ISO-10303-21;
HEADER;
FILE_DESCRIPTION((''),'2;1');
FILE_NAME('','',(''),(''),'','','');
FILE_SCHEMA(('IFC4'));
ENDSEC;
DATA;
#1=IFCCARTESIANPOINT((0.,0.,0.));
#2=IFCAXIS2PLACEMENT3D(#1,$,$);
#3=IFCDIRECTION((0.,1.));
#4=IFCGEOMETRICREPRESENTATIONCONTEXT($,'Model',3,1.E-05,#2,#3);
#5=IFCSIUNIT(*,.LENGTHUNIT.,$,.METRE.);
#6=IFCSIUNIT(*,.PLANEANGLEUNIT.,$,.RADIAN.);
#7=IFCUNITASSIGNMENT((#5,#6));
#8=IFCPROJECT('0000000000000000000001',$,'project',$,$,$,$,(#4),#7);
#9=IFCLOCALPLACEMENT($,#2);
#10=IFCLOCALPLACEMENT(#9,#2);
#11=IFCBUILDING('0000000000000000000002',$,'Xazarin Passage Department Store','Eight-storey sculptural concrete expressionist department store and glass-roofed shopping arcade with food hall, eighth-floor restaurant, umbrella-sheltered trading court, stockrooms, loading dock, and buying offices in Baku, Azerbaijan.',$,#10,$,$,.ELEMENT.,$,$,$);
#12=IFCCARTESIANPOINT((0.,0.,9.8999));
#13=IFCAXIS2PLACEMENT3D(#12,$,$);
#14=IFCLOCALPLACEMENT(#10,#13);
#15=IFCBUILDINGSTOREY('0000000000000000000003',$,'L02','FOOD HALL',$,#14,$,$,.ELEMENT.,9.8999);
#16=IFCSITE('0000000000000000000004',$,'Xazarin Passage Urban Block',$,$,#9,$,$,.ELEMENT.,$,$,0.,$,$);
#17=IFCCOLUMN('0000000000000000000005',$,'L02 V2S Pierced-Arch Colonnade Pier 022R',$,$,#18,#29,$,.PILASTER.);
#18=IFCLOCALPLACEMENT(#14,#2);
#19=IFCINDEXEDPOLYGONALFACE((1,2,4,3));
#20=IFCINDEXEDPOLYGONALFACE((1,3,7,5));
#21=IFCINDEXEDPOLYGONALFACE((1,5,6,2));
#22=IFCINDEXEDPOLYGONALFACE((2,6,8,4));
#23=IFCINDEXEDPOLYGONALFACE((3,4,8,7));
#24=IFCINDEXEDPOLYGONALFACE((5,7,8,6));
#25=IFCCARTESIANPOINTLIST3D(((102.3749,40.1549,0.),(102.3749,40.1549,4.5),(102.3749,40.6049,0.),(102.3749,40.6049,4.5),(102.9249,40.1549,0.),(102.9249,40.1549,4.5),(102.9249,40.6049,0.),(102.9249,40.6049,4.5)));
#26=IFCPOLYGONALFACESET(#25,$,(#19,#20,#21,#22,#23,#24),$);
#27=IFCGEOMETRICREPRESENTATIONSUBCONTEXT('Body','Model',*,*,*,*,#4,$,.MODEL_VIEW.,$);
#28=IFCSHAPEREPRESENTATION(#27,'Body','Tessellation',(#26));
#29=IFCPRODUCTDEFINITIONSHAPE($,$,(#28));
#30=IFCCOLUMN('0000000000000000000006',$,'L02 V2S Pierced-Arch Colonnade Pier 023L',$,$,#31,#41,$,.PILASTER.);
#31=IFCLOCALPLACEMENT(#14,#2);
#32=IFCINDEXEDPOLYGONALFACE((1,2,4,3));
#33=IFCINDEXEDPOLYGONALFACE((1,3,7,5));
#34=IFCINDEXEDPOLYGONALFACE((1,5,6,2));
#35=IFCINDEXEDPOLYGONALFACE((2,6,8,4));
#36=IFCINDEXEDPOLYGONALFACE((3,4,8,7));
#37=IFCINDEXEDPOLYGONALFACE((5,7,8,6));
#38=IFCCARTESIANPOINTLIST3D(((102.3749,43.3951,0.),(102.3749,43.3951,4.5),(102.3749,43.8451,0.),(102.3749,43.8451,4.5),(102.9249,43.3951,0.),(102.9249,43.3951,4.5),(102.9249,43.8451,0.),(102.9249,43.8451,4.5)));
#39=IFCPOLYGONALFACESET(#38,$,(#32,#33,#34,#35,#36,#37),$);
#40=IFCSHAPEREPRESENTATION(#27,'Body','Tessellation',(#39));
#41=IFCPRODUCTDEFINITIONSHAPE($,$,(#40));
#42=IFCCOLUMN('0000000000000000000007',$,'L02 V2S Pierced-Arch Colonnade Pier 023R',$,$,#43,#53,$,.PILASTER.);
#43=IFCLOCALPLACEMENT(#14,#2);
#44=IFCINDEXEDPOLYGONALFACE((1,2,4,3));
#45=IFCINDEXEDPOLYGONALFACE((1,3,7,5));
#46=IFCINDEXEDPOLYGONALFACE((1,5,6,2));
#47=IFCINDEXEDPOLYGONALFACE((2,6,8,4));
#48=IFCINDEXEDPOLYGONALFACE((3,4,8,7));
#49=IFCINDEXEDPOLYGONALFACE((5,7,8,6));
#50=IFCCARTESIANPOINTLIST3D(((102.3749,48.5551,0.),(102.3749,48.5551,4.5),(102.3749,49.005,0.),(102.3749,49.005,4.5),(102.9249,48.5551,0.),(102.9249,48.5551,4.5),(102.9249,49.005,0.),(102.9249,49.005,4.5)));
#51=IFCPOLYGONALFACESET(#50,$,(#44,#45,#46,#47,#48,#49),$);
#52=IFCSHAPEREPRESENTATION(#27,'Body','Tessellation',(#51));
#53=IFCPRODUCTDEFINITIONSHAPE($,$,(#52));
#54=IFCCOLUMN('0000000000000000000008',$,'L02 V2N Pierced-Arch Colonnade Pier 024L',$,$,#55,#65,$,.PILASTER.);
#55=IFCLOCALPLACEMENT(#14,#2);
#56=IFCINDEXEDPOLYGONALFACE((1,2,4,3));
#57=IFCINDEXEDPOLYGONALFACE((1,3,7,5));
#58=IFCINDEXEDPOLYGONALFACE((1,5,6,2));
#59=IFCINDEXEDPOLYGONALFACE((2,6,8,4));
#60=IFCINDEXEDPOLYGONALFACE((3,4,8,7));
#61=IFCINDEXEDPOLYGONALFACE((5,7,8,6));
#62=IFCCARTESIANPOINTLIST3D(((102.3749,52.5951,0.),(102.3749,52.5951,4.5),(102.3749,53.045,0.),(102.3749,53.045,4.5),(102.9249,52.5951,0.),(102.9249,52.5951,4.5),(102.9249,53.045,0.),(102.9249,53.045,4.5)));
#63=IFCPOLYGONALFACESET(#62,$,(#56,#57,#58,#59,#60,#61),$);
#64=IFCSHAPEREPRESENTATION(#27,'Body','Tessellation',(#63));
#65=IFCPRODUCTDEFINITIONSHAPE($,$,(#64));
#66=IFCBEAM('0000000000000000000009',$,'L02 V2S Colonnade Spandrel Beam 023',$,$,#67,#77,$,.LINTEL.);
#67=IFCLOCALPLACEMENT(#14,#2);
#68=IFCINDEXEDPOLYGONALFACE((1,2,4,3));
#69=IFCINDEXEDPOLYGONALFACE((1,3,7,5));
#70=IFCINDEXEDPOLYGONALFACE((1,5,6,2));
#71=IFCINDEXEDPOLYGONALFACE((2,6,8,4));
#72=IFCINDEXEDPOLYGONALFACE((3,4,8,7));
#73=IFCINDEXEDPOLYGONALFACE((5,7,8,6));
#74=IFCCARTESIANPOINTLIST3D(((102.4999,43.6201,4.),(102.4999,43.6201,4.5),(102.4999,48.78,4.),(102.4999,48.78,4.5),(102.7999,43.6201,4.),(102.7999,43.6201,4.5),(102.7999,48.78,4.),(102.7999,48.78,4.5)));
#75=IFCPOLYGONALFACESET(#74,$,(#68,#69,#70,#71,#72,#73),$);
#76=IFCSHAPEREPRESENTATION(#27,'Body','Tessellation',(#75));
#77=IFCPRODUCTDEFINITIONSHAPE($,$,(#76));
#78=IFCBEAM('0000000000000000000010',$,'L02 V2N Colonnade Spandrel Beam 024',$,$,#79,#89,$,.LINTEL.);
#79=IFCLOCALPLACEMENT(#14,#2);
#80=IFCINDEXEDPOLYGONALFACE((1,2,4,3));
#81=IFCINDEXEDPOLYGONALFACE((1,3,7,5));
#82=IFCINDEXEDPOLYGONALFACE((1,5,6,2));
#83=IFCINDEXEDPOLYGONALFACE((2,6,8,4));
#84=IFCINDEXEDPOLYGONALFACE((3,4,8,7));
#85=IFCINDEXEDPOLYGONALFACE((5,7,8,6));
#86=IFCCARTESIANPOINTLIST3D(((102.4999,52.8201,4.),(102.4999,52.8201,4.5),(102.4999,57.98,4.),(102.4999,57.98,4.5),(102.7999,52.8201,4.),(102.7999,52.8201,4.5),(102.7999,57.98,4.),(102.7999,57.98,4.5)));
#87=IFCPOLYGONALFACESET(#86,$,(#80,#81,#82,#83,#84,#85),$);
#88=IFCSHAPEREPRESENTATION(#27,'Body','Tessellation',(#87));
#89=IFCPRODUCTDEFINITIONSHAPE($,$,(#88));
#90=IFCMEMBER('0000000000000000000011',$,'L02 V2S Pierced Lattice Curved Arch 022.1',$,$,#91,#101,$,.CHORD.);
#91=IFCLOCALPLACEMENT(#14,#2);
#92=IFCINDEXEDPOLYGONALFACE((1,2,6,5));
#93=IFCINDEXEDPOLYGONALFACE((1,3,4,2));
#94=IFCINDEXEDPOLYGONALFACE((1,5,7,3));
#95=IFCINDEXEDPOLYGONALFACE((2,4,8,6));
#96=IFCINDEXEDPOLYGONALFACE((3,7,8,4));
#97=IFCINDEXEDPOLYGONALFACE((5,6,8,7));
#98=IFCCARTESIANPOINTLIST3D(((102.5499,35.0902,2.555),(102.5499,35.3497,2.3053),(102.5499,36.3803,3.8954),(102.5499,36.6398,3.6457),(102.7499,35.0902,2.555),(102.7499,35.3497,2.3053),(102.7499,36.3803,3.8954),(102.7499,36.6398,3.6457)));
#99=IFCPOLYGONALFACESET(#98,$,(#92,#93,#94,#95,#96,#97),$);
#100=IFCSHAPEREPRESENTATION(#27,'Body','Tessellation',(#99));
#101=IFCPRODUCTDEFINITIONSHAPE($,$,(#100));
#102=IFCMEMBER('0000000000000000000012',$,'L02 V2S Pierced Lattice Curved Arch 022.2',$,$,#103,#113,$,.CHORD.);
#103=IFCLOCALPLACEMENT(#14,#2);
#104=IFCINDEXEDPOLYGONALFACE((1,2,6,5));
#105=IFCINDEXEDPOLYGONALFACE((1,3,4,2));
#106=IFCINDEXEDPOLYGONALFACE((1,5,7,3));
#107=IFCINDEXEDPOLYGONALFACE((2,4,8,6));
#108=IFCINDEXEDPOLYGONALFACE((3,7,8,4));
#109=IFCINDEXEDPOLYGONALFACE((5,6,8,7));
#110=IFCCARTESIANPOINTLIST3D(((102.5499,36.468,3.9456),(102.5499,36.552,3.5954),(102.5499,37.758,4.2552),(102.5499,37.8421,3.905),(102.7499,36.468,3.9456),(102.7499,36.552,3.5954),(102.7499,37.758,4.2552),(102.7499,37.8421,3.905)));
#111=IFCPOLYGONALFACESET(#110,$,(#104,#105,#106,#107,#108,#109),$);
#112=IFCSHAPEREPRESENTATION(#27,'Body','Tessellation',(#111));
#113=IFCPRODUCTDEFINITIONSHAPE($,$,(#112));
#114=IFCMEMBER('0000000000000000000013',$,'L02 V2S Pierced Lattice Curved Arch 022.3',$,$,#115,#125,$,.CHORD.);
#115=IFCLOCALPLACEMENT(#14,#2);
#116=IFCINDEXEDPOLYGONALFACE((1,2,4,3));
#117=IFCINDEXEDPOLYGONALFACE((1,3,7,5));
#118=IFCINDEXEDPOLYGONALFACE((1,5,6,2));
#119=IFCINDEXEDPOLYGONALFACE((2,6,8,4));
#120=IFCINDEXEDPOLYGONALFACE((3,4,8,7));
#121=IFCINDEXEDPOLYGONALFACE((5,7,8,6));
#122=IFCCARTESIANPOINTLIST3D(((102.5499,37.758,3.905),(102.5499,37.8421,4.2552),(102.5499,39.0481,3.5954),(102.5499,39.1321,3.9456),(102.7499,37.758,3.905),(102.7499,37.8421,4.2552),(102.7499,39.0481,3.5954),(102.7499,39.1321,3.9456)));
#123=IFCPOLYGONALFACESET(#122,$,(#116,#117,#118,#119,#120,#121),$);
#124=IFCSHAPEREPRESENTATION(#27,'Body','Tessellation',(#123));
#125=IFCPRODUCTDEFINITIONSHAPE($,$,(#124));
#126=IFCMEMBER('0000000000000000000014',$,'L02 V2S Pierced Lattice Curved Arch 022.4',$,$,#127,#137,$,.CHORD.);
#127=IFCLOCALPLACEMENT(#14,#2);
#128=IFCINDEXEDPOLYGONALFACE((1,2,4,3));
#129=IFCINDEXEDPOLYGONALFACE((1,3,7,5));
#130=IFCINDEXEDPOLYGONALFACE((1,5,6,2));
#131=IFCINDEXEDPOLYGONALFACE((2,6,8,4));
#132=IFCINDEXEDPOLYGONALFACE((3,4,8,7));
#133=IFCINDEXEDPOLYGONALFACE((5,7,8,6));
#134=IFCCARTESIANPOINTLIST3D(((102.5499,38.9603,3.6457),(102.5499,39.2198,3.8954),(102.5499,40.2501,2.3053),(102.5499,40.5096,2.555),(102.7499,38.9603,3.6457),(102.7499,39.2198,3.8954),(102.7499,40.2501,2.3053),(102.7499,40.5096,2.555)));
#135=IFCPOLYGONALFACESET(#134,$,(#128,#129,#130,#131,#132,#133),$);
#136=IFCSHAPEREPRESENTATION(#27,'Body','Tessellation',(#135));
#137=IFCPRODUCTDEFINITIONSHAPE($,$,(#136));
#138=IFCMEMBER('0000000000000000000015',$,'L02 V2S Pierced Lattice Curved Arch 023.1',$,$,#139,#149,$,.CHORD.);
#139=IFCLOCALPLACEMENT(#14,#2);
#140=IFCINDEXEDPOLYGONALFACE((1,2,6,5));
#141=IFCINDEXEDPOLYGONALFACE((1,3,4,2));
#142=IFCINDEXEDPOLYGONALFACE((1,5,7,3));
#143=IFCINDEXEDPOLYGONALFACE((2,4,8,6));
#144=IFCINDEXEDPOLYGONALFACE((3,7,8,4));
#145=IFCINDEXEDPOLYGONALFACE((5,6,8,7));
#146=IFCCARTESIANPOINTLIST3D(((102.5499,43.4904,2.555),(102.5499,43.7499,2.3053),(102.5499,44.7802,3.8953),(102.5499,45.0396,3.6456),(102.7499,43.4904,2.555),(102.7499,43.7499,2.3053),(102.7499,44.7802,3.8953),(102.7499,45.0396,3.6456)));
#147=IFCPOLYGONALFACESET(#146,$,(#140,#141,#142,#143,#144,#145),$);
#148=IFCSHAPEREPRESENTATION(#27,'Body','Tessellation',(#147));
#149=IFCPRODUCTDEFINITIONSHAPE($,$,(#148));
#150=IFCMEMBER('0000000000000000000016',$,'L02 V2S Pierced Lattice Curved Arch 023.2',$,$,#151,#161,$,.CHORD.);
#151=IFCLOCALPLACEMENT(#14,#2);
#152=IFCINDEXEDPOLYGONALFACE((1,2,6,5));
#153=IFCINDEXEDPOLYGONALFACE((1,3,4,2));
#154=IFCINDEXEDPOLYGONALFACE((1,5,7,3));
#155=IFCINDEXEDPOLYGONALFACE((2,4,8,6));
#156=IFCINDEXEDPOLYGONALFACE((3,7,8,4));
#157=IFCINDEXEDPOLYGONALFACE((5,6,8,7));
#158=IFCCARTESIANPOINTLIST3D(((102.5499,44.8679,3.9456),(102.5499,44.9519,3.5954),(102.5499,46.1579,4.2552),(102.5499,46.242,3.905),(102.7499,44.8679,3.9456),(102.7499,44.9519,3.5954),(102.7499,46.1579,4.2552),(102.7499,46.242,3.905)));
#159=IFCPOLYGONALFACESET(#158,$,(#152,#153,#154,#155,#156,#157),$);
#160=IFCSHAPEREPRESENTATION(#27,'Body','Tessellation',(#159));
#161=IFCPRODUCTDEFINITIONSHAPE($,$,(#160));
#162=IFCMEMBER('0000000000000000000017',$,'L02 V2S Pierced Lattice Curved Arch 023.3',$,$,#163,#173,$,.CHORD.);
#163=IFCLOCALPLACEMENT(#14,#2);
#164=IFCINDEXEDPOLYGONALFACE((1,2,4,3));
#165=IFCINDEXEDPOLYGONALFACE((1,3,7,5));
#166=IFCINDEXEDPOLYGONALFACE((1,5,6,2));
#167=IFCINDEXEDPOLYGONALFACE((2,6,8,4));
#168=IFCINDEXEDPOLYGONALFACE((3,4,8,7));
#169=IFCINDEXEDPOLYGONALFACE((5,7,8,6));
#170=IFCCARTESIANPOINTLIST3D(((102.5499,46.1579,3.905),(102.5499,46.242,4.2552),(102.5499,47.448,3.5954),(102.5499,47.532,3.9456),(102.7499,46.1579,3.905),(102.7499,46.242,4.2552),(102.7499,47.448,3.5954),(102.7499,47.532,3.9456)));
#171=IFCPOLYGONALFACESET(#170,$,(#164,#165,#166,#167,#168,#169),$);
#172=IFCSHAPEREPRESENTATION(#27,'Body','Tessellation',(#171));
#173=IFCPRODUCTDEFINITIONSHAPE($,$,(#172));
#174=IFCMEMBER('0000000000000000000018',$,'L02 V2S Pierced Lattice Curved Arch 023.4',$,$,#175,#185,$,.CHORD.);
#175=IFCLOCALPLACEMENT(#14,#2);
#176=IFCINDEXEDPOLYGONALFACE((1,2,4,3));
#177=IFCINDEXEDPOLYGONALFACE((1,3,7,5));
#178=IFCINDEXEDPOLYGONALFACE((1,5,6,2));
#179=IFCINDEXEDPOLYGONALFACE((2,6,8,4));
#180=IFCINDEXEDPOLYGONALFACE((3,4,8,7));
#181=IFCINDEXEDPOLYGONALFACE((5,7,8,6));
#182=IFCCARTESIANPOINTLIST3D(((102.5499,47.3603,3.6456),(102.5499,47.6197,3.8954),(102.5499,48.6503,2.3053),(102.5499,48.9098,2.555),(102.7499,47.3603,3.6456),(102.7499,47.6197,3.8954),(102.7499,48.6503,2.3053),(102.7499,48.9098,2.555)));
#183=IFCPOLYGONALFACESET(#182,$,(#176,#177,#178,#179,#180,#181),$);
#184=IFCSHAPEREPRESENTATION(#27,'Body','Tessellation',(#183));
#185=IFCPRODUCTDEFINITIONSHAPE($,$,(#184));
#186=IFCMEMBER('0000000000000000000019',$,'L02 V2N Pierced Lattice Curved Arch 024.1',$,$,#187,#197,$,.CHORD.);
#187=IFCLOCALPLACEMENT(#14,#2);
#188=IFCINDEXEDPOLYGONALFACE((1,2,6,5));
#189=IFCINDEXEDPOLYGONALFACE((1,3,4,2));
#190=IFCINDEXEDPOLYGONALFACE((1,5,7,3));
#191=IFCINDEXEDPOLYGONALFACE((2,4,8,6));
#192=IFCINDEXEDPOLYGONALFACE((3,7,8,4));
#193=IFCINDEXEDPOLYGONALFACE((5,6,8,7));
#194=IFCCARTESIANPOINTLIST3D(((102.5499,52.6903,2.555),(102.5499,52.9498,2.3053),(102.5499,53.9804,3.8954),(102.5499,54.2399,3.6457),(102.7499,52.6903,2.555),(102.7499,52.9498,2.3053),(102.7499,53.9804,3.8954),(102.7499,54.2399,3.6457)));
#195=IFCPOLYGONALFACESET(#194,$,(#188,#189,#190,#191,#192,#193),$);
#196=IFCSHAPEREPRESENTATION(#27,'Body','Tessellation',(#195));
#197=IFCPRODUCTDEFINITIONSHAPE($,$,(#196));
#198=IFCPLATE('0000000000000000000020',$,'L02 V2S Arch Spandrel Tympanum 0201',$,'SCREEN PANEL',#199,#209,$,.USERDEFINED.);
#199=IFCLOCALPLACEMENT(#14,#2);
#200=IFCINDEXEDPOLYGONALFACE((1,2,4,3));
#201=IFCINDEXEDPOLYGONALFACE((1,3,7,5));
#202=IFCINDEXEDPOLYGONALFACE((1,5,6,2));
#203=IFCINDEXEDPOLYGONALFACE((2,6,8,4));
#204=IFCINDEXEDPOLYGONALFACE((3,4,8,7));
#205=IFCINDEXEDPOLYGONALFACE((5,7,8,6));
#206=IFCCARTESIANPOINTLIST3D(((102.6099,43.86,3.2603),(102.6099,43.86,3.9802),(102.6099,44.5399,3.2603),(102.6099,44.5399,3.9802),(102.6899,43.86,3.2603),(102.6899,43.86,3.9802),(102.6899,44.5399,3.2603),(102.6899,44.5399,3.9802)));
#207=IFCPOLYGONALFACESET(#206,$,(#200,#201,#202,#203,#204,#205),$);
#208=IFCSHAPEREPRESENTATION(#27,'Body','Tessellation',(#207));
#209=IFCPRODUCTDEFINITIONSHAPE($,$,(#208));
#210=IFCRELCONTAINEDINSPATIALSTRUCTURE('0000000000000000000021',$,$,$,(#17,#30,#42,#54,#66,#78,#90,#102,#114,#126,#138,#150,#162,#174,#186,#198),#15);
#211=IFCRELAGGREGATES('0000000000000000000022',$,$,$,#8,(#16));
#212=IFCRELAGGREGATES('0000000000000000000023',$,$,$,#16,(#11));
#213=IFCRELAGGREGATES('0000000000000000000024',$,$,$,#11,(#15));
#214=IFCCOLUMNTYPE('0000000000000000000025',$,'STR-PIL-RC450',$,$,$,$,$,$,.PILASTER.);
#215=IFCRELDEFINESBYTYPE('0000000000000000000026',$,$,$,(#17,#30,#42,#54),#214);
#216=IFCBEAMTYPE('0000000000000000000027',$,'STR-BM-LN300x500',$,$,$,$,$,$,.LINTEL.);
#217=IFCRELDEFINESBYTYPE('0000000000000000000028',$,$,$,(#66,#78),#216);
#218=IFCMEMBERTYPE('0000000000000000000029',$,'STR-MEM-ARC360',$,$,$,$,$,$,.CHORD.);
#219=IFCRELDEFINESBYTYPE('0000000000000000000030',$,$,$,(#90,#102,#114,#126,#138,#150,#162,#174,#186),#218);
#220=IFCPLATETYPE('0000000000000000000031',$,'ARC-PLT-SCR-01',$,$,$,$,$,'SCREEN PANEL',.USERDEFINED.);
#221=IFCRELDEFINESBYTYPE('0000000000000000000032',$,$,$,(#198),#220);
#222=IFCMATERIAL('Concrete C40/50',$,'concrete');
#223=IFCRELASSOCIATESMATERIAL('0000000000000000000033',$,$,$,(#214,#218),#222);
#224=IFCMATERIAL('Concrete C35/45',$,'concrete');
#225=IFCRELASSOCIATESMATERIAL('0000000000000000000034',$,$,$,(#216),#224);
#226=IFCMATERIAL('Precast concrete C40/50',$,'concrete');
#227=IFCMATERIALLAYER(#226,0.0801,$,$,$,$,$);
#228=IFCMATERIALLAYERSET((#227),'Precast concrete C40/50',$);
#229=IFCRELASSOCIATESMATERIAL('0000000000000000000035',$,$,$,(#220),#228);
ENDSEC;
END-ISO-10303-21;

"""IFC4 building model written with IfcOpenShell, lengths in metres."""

from ifc_helpers import new_model, si_unit, direction, frame, origin, origin_2d, place, context, subcontext, project, spatial, rectangle, extrude, material, layer, layer_set, material_profile, profile_set, type_object, element, save


model = new_model("IFC4")

# Units and contexts
model_context = context("Model", 3, precision=1e-05, world=origin(), true_north=direction((0.0, 1.0)))
body_context = subcontext(model_context, "Body", "Model", "MODEL_VIEW")
ifc_project = project(units=[si_unit("LENGTHUNIT", "METRE"), si_unit("PLANEANGLEUNIT", "RADIAN")], contexts=[model_context])

# Site, building, storey
site_placement = place(None, origin())
site = spatial("IfcSite", under=ifc_project, at=site_placement, Name="Xazarin Passage Urban Block", CompositionType="ELEMENT", RefElevation=0.0)
building_placement = place(site_placement, origin())
building = spatial("IfcBuilding", under=site, at=building_placement, Name="Xazarin Passage Department Store", Description="Eight-storey sculptural concrete expressionist department store and glass-roofed shopping arcade with food hall, eighth-floor restaurant, umbrella-sheltered trading court, stockrooms, loading dock, and buying offices in Baku, Azerbaijan.", CompositionType="ELEMENT")
storey_placement = place(building_placement, frame((0.0, 0.0, 9.8999)))
storey = spatial("IfcBuildingStorey", under=building, at=storey_placement, Name="L02", Description="FOOD HALL", CompositionType="ELEMENT", Elevation=9.8999)

# Columns
ifc_material_1 = material(Name="Concrete C40/50", Category="concrete")
ifc_material_profile_1 = material_profile(ifc_material_1, rectangle(XDim=0.45, YDim=0.55, at=origin_2d()), Name="RC 450x550")
ifc_profile_set_1 = profile_set([ifc_material_profile_1], Name="Concrete C40/50")
column_type = type_object("IfcColumnType", Name="STR-PIL-RC450", PredefinedType="PILASTER", material=ifc_profile_set_1)
for number, where, z_axis, x_axis, name in (
    (1, (102.6499, 40.3799, 0.0), (0.0, 0.0, 1.0), (0.0, 1.0, 0.0), "L02 V2S Pierced-Arch Colonnade Pier 022R"),
    (2, (102.6499, 43.6201, 0.0), (0.0, 0.0, 1.0), (0.0, 1.0, 0.0), "L02 V2S Pierced-Arch Colonnade Pier 023L"),
    (3, (102.6499, 48.78, 0.0), (0.0, 0.0, 1.0), (0.0, 1.0, 0.0), "L02 V2S Pierced-Arch Colonnade Pier 023R"),
    (4, (102.6499, 52.8201, 0.0), (0.0, 0.0, 1.0), (0.0, 1.0, 0.0), "L02 V2N Pierced-Arch Colonnade Pier 024L"),
):
    element("IfcColumn", number, at=place(storey_placement, frame(where, z_axis=z_axis, x_axis=x_axis)), inside=storey, type_object=column_type, Name=name, PredefinedType="PILASTER", context=body_context, shape_type="SweptSolid", body=[
        extrude(rectangle(XDim=0.45, YDim=0.55, at=origin_2d()), origin(), (0.0, 0.0, 1.0), 4.5),
    ])

# Beams
ifc_material_2 = material(Name="Concrete C35/45", Category="concrete")
ifc_material_profile_2 = material_profile(ifc_material_2, rectangle(XDim=0.3, YDim=0.5, at=origin_2d()), Name="RC 300x500")
ifc_profile_set_2 = profile_set([ifc_material_profile_2], Name="Concrete C35/45")
beam_type = type_object("IfcBeamType", Name="STR-BM-LN300x500", PredefinedType="LINTEL", material=ifc_profile_set_2)
for number, where, z_axis, x_axis, name in (
    (5, (102.6499, 43.6201, 4.25), (0.0, 1.0, 0.0), (-1.0, 0.0, 0.0), "L02 V2S Colonnade Spandrel Beam 023"),
    (6, (102.6499, 52.8201, 4.25), (0.0, 1.0, 0.0), (-1.0, 0.0, 0.0), "L02 V2N Colonnade Spandrel Beam 024"),
):
    element("IfcBeam", number, at=place(storey_placement, frame(where, z_axis=z_axis, x_axis=x_axis)), inside=storey, type_object=beam_type, Name=name, PredefinedType="LINTEL", context=body_context, shape_type="SweptSolid", body=[
        extrude(rectangle(XDim=0.3, YDim=0.5, at=origin_2d()), origin(), (0.0, 0.0, 1.0), 5.1599),
    ])

# Members
ifc_material_profile_3 = material_profile(ifc_material_1, rectangle(XDim=0.2, YDim=0.3601, at=origin_2d()), Name="RC 200x360")
ifc_profile_set_3 = profile_set([ifc_material_profile_3], Name="Concrete C40/50")
member_type = type_object("IfcMemberType", Name="STR-MEM-ARC360", PredefinedType="CHORD", material=ifc_profile_set_3)
member_placement = place(storey_placement, frame((102.6499, 35.22, 2.4302), z_axis=(0.0, 0.69346, 0.720495), x_axis=(-1.0, 0.0, 0.0)))
element("IfcMember", 7, at=member_placement, inside=storey, type_object=member_type, Name="L02 V2S Pierced Lattice Curved Arch 022.1", PredefinedType="CHORD", context=body_context, shape_type="SweptSolid", body=[
    extrude(rectangle(XDim=0.2, YDim=0.3601, at=origin_2d()), origin(), (0.0, 0.0, 1.0), 1.8604),
])
for number, where, z_axis, x_axis, name in (
    (8, (102.6499, 36.51, 3.7705), (0.0, 0.972394, 0.233345), (-1.0, 0.0, 0.0), "L02 V2S Pierced Lattice Curved Arch 022.2"),
    (9, (102.6499, 37.8, 4.0801), (0.0, 0.972394, -0.233345), (-1.0, 0.0, 0.0), "L02 V2S Pierced Lattice Curved Arch 022.3"),
):
    element("IfcMember", number, at=place(storey_placement, frame(where, z_axis=z_axis, x_axis=x_axis)), inside=storey, type_object=member_type, Name=name, PredefinedType="CHORD", context=body_context, shape_type="SweptSolid", body=[
        extrude(rectangle(XDim=0.2, YDim=0.3601, at=origin_2d()), origin(), (0.0, 0.0, 1.0), 1.3267),
    ])
for number, where, z_axis, x_axis, name in (
    (10, (102.6499, 39.0901, 3.7705), (0.0, 0.693392, -0.720561), (-1.0, 0.0, 0.0), "L02 V2S Pierced Lattice Curved Arch 022.4"),
    (11, (102.6499, 43.6201, 2.4302), (0.0, 0.693392, 0.720561), (-1.0, 0.0, 0.0), "L02 V2S Pierced Lattice Curved Arch 023.1"),
):
    element("IfcMember", number, at=place(storey_placement, frame(where, z_axis=z_axis, x_axis=x_axis)), inside=storey, type_object=member_type, Name=name, PredefinedType="CHORD", context=body_context, shape_type="SweptSolid", body=[
        extrude(rectangle(XDim=0.2, YDim=0.3601, at=origin_2d()), origin(), (0.0, 0.0, 1.0), 1.8601),
    ])
for number, where, z_axis, x_axis, name in (
    (12, (102.6499, 44.9099, 3.7705), (0.0, 0.972394, 0.233345), (-1.0, 0.0, 0.0), "L02 V2S Pierced Lattice Curved Arch 023.2"),
    (13, (102.6499, 46.2, 4.0801), (0.0, 0.972394, -0.233345), (-1.0, 0.0, 0.0), "L02 V2S Pierced Lattice Curved Arch 023.3"),
):
    element("IfcMember", number, at=place(storey_placement, frame(where, z_axis=z_axis, x_axis=x_axis)), inside=storey, type_object=member_type, Name=name, PredefinedType="CHORD", context=body_context, shape_type="SweptSolid", body=[
        extrude(rectangle(XDim=0.2, YDim=0.3601, at=origin_2d()), origin(), (0.0, 0.0, 1.0), 1.3267),
    ])
for number, where, z_axis, x_axis, name in (
    (14, (102.6499, 47.49, 3.7705), (0.0, 0.69346, -0.720495), (-1.0, 0.0, 0.0), "L02 V2S Pierced Lattice Curved Arch 023.4"),
    (15, (102.6499, 52.8201, 2.4302), (0.0, 0.69346, 0.720495), (-1.0, 0.0, 0.0), "L02 V2N Pierced Lattice Curved Arch 024.1"),
):
    element("IfcMember", number, at=place(storey_placement, frame(where, z_axis=z_axis, x_axis=x_axis)), inside=storey, type_object=member_type, Name=name, PredefinedType="CHORD", context=body_context, shape_type="SweptSolid", body=[
        extrude(rectangle(XDim=0.2, YDim=0.3601, at=origin_2d()), origin(), (0.0, 0.0, 1.0), 1.8604),
    ])

# Plate
ifc_material_3 = material(Name="Precast concrete C40/50", Category="concrete")
ifc_layer_1 = layer(ifc_material_3, 0.0801)
ifc_layer_set_1 = layer_set([ifc_layer_1], Name="Precast concrete C40/50")
plate_type_1 = type_object("IfcPlateType", Name="ARC-PLT-SCR-01", ElementType="SCREEN PANEL", PredefinedType="USERDEFINED", material=ifc_layer_set_1)
for number, where, z_axis, x_axis, name in (
    (16, (102.6499, 44.2, 3.2603), (0.0, 0.0, 1.0), (0.0, 1.0, 0.0), "L02 V2S Arch Spandrel Tympanum 0201"),
):
    element("IfcPlate", number, at=place(storey_placement, frame(where, z_axis=z_axis, x_axis=x_axis)), inside=storey, type_object=plate_type_1, Name=name, ObjectType="SCREEN PANEL", PredefinedType="USERDEFINED", context=body_context, shape_type="SweptSolid", body=[
        extrude(rectangle(XDim=0.6799, YDim=0.0801, at=origin_2d()), origin(), (0.0, 0.0, 1.0), 0.72),
    ])

save(model, "model.ifc")
